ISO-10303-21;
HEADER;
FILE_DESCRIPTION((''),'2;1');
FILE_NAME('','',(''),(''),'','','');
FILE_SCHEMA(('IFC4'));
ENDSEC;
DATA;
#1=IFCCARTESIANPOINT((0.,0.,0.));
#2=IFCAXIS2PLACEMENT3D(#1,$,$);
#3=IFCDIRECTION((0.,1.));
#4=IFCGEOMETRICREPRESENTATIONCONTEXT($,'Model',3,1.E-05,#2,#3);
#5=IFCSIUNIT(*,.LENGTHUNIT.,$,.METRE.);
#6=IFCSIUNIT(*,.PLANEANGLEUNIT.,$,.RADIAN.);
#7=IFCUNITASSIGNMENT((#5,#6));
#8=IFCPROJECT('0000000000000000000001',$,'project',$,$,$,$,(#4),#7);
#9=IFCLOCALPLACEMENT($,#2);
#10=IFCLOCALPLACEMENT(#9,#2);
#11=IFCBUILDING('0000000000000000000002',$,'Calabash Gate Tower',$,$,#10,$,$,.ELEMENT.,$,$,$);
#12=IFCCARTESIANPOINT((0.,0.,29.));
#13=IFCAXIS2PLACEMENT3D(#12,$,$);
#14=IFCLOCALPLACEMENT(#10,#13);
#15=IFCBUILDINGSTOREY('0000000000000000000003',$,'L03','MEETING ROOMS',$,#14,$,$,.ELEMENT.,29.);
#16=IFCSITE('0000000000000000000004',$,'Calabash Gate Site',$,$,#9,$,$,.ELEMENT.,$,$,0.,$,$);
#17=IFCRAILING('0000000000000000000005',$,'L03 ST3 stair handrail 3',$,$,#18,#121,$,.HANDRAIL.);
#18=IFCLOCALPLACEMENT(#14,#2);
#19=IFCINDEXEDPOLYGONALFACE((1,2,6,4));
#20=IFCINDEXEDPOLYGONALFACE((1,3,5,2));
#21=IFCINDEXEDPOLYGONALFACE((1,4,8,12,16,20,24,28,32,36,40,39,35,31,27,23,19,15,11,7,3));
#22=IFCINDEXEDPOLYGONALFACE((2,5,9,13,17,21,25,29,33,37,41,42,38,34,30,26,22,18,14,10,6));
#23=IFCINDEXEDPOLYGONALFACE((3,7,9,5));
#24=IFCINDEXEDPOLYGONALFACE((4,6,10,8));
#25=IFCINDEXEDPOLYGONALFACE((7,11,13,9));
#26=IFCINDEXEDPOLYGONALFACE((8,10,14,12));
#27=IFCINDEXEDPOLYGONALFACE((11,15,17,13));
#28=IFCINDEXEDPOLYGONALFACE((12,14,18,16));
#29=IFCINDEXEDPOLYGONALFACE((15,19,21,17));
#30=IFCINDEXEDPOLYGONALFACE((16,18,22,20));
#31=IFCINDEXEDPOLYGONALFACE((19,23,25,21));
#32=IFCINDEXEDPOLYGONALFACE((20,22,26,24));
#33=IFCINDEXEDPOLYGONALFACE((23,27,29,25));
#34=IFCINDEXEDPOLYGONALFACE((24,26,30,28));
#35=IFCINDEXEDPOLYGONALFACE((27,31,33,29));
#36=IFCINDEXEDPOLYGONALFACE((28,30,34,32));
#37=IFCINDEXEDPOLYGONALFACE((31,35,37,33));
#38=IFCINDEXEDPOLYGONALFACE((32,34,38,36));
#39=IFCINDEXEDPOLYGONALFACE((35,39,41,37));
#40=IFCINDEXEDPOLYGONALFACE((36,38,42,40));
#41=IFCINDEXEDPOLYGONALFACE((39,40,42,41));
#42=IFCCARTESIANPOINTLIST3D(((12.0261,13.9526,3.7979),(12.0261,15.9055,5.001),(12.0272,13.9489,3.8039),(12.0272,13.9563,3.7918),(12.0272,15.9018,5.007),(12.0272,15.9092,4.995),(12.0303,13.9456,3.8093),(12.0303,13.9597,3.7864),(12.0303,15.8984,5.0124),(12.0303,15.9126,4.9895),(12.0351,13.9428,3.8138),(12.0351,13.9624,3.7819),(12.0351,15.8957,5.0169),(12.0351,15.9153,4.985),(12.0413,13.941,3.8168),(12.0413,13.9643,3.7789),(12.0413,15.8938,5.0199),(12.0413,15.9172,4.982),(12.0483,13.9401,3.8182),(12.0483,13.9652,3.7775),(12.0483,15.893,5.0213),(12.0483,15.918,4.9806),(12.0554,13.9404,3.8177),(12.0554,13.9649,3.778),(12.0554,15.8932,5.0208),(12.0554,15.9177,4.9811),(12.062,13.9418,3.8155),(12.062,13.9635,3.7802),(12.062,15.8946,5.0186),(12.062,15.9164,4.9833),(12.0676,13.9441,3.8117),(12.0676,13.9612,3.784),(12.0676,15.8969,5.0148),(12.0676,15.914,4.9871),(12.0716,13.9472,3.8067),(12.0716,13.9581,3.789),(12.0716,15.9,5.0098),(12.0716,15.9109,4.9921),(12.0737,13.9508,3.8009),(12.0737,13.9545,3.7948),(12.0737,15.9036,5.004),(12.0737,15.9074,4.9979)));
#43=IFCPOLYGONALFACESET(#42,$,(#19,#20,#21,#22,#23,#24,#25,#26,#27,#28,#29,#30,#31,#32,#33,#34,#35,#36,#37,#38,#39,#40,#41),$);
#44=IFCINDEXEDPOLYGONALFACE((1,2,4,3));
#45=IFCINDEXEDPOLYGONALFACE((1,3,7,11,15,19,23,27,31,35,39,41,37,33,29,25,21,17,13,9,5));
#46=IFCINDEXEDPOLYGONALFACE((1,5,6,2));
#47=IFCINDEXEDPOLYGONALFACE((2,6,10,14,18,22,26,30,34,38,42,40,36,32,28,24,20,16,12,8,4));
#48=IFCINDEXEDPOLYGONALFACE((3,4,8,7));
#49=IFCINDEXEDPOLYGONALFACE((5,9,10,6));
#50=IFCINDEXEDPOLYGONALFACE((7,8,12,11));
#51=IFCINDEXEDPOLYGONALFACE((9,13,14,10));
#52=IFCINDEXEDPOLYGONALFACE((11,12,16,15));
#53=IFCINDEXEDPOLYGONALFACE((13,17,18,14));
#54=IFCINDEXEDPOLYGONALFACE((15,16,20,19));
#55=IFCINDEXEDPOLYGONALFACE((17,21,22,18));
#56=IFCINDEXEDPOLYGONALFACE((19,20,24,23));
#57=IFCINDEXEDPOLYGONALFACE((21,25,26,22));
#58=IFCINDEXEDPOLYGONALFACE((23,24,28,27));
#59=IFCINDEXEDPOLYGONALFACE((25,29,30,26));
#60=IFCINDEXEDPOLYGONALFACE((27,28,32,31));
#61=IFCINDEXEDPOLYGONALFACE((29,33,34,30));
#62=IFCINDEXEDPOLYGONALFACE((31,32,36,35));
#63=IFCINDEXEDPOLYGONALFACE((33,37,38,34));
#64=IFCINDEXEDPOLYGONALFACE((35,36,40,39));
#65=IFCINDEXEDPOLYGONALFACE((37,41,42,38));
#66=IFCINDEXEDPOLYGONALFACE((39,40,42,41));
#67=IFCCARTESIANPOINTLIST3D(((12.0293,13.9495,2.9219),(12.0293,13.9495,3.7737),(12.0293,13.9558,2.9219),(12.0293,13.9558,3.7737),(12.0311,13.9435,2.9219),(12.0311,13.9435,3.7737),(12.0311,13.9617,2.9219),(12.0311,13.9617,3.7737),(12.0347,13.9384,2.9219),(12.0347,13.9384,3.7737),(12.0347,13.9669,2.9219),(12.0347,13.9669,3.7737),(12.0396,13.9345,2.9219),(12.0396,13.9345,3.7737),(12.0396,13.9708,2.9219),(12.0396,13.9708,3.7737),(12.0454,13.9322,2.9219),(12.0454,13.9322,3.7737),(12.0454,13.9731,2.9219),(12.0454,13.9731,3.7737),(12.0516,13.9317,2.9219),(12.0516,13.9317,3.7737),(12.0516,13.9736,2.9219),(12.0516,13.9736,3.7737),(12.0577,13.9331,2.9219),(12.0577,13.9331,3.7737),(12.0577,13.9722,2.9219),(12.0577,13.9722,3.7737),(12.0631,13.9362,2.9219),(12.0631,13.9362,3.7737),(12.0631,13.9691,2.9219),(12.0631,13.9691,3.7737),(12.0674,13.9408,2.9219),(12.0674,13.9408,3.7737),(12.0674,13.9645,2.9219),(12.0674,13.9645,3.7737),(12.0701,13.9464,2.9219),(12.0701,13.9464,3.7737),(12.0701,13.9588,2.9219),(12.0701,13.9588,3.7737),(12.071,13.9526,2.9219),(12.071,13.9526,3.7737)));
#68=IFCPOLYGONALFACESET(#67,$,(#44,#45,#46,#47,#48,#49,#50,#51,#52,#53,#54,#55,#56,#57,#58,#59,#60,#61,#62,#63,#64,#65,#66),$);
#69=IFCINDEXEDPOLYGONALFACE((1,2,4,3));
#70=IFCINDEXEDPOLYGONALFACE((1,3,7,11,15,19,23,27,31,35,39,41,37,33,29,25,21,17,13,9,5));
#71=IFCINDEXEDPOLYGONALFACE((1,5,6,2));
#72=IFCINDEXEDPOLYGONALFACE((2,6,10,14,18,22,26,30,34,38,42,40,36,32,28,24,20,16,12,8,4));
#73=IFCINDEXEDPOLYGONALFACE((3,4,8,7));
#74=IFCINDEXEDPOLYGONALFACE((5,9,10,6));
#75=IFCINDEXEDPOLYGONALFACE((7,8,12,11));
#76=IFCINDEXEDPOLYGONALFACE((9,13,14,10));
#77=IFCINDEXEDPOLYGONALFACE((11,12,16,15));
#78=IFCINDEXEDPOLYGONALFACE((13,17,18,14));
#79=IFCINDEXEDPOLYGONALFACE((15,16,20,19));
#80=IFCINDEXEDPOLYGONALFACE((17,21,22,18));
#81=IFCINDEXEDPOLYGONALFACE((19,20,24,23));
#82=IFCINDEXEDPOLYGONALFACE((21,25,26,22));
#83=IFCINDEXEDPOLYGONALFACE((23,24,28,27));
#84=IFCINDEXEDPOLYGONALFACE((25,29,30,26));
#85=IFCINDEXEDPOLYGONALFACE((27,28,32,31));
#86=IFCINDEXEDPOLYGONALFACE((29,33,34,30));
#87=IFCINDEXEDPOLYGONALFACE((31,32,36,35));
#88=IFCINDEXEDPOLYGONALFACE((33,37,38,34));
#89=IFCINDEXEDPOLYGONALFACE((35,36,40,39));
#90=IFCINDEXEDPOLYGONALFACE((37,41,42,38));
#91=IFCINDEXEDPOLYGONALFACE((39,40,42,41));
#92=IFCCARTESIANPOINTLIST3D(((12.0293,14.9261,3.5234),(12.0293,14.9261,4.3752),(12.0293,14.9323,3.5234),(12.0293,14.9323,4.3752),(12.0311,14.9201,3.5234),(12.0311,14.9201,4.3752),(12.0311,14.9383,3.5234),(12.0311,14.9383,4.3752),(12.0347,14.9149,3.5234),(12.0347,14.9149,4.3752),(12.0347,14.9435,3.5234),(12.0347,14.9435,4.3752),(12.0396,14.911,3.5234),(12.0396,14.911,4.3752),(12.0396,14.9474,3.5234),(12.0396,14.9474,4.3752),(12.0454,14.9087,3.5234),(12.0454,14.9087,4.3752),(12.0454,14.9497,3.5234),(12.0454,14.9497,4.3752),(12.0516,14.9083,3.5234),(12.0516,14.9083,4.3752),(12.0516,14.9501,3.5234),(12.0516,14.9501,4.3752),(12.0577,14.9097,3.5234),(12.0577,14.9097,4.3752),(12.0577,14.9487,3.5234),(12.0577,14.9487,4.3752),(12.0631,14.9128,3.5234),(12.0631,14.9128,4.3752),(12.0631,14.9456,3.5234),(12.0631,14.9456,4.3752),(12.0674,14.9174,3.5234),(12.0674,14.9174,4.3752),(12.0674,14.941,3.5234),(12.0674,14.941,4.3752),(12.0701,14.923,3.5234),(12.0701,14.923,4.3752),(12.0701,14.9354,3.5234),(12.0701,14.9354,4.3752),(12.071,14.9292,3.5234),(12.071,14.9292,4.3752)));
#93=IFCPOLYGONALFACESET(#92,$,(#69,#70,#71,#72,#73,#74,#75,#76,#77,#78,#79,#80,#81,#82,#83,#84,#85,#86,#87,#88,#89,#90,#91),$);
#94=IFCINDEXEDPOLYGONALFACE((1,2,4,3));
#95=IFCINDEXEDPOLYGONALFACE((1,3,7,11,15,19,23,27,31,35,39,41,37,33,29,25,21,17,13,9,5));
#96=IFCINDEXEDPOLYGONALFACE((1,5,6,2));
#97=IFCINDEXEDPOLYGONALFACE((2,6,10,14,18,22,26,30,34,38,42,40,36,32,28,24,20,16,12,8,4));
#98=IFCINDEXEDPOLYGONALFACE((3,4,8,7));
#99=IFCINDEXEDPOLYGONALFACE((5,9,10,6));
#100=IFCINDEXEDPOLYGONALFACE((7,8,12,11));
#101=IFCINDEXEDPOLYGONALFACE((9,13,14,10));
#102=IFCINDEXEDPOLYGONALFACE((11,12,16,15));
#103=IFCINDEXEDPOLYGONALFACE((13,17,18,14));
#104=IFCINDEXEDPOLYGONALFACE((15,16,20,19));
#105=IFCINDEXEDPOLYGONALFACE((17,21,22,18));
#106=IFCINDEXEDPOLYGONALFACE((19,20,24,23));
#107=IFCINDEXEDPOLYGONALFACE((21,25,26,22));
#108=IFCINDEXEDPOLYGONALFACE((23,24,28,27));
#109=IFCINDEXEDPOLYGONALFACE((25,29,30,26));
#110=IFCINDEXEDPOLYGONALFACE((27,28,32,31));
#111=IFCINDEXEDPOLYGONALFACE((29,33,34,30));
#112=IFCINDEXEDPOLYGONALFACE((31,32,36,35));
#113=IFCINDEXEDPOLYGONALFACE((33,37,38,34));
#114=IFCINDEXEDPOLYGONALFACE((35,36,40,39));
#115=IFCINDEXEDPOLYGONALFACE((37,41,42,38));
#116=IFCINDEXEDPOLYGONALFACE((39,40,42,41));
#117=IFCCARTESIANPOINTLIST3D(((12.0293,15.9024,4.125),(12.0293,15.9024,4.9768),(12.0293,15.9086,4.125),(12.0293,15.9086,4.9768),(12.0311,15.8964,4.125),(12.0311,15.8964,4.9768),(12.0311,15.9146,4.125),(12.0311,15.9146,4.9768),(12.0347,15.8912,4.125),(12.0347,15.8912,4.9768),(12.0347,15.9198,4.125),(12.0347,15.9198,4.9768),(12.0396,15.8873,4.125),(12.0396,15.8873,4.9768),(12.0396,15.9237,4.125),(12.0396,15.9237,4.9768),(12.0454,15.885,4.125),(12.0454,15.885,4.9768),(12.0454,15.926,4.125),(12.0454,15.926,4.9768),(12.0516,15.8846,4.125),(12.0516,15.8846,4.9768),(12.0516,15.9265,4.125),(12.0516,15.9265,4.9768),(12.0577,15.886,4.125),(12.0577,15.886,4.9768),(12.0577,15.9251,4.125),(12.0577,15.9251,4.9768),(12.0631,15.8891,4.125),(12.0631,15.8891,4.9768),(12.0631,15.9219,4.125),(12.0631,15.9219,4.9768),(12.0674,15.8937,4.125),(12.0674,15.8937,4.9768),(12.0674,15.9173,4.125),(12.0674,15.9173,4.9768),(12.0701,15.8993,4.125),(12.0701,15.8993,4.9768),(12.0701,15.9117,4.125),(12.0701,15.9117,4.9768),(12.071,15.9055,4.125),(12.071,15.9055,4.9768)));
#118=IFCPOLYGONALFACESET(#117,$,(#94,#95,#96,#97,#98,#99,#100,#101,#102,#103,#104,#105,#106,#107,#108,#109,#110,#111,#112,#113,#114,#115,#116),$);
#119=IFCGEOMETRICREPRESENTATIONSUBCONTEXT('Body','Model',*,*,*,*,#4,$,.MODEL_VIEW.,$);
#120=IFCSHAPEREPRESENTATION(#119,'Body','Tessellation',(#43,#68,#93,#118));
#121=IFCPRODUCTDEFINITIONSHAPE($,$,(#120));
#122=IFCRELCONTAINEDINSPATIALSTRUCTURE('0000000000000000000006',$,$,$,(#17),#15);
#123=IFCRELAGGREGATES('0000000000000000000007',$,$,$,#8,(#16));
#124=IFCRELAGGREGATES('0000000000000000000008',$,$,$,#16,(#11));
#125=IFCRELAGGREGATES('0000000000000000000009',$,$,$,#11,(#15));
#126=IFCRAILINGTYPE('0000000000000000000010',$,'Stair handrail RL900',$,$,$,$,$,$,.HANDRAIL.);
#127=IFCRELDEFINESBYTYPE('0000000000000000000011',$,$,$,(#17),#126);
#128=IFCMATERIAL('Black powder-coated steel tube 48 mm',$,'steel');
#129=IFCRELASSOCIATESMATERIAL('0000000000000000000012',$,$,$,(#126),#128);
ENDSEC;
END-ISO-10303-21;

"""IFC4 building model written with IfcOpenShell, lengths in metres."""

from ifc_helpers import new_model, si_unit, direction, frame, origin, origin_2d, place, context, subcontext, project, spatial, circle, extrude, material, type_object, element, save


model = new_model("IFC4")

# Units and contexts
model_context = context("Model", 3, precision=1e-05, world=origin(), true_north=direction((0.0, 1.0)))
body_context = subcontext(model_context, "Body", "Model", "MODEL_VIEW")
ifc_project = project(units=[si_unit("LENGTHUNIT", "METRE"), si_unit("PLANEANGLEUNIT", "RADIAN")], contexts=[model_context])

# Site, building, storey
site_placement = place(None, origin())
site = spatial("IfcSite", under=ifc_project, at=site_placement, Name="Calabash Gate Site", CompositionType="ELEMENT", RefElevation=0.0)
building_placement = place(site_placement, origin())
building = spatial("IfcBuilding", under=site, at=building_placement, Name="Calabash Gate Tower", CompositionType="ELEMENT")
storey_placement = place(building_placement, frame((0.0, 0.0, 29.0)))
storey = spatial("IfcBuildingStorey", under=building, at=storey_placement, Name="L03", Description="MEETING ROOMS", CompositionType="ELEMENT", Elevation=29.0)

# Railing
ifc_material_1 = material(Name="Black powder-coated steel tube 48 mm", Category="steel")
railing_type = type_object("IfcRailingType", Name="Stair handrail RL900", PredefinedType="HANDRAIL", material=ifc_material_1)
railing_1_placement = place(storey_placement, frame((12.05, 13.9526, 2.9219)))
element("IfcRailing", 1, at=railing_1_placement, inside=storey, type_object=railing_type, Name="L03 ST3 stair handrail 3", PredefinedType="HANDRAIL", context=body_context, shape_type="SweptSolid", body=[
    extrude(circle(Radius=0.0239, at=origin_2d()), frame((0.0, 0.0, 0.876), z_axis=(0.0, 0.851395, 0.524525), x_axis=(-1.0, 0.0, 0.0)), (0.0, 0.0, 1.0), 2.2937),
    extrude(circle(Radius=0.021, at=origin_2d()), origin(), (0.0, 0.0, 1.0), 0.8518),
    extrude(circle(Radius=0.021, at=origin_2d()), frame((0.0, 0.9766, 0.6016)), (0.0, 0.0, 1.0), 0.8518),
    extrude(circle(Radius=0.021, at=origin_2d()), frame((0.0, 1.9529, 1.2031)), (0.0, 0.0, 1.0), 0.8518),
])

save(model, "model.ifc")
